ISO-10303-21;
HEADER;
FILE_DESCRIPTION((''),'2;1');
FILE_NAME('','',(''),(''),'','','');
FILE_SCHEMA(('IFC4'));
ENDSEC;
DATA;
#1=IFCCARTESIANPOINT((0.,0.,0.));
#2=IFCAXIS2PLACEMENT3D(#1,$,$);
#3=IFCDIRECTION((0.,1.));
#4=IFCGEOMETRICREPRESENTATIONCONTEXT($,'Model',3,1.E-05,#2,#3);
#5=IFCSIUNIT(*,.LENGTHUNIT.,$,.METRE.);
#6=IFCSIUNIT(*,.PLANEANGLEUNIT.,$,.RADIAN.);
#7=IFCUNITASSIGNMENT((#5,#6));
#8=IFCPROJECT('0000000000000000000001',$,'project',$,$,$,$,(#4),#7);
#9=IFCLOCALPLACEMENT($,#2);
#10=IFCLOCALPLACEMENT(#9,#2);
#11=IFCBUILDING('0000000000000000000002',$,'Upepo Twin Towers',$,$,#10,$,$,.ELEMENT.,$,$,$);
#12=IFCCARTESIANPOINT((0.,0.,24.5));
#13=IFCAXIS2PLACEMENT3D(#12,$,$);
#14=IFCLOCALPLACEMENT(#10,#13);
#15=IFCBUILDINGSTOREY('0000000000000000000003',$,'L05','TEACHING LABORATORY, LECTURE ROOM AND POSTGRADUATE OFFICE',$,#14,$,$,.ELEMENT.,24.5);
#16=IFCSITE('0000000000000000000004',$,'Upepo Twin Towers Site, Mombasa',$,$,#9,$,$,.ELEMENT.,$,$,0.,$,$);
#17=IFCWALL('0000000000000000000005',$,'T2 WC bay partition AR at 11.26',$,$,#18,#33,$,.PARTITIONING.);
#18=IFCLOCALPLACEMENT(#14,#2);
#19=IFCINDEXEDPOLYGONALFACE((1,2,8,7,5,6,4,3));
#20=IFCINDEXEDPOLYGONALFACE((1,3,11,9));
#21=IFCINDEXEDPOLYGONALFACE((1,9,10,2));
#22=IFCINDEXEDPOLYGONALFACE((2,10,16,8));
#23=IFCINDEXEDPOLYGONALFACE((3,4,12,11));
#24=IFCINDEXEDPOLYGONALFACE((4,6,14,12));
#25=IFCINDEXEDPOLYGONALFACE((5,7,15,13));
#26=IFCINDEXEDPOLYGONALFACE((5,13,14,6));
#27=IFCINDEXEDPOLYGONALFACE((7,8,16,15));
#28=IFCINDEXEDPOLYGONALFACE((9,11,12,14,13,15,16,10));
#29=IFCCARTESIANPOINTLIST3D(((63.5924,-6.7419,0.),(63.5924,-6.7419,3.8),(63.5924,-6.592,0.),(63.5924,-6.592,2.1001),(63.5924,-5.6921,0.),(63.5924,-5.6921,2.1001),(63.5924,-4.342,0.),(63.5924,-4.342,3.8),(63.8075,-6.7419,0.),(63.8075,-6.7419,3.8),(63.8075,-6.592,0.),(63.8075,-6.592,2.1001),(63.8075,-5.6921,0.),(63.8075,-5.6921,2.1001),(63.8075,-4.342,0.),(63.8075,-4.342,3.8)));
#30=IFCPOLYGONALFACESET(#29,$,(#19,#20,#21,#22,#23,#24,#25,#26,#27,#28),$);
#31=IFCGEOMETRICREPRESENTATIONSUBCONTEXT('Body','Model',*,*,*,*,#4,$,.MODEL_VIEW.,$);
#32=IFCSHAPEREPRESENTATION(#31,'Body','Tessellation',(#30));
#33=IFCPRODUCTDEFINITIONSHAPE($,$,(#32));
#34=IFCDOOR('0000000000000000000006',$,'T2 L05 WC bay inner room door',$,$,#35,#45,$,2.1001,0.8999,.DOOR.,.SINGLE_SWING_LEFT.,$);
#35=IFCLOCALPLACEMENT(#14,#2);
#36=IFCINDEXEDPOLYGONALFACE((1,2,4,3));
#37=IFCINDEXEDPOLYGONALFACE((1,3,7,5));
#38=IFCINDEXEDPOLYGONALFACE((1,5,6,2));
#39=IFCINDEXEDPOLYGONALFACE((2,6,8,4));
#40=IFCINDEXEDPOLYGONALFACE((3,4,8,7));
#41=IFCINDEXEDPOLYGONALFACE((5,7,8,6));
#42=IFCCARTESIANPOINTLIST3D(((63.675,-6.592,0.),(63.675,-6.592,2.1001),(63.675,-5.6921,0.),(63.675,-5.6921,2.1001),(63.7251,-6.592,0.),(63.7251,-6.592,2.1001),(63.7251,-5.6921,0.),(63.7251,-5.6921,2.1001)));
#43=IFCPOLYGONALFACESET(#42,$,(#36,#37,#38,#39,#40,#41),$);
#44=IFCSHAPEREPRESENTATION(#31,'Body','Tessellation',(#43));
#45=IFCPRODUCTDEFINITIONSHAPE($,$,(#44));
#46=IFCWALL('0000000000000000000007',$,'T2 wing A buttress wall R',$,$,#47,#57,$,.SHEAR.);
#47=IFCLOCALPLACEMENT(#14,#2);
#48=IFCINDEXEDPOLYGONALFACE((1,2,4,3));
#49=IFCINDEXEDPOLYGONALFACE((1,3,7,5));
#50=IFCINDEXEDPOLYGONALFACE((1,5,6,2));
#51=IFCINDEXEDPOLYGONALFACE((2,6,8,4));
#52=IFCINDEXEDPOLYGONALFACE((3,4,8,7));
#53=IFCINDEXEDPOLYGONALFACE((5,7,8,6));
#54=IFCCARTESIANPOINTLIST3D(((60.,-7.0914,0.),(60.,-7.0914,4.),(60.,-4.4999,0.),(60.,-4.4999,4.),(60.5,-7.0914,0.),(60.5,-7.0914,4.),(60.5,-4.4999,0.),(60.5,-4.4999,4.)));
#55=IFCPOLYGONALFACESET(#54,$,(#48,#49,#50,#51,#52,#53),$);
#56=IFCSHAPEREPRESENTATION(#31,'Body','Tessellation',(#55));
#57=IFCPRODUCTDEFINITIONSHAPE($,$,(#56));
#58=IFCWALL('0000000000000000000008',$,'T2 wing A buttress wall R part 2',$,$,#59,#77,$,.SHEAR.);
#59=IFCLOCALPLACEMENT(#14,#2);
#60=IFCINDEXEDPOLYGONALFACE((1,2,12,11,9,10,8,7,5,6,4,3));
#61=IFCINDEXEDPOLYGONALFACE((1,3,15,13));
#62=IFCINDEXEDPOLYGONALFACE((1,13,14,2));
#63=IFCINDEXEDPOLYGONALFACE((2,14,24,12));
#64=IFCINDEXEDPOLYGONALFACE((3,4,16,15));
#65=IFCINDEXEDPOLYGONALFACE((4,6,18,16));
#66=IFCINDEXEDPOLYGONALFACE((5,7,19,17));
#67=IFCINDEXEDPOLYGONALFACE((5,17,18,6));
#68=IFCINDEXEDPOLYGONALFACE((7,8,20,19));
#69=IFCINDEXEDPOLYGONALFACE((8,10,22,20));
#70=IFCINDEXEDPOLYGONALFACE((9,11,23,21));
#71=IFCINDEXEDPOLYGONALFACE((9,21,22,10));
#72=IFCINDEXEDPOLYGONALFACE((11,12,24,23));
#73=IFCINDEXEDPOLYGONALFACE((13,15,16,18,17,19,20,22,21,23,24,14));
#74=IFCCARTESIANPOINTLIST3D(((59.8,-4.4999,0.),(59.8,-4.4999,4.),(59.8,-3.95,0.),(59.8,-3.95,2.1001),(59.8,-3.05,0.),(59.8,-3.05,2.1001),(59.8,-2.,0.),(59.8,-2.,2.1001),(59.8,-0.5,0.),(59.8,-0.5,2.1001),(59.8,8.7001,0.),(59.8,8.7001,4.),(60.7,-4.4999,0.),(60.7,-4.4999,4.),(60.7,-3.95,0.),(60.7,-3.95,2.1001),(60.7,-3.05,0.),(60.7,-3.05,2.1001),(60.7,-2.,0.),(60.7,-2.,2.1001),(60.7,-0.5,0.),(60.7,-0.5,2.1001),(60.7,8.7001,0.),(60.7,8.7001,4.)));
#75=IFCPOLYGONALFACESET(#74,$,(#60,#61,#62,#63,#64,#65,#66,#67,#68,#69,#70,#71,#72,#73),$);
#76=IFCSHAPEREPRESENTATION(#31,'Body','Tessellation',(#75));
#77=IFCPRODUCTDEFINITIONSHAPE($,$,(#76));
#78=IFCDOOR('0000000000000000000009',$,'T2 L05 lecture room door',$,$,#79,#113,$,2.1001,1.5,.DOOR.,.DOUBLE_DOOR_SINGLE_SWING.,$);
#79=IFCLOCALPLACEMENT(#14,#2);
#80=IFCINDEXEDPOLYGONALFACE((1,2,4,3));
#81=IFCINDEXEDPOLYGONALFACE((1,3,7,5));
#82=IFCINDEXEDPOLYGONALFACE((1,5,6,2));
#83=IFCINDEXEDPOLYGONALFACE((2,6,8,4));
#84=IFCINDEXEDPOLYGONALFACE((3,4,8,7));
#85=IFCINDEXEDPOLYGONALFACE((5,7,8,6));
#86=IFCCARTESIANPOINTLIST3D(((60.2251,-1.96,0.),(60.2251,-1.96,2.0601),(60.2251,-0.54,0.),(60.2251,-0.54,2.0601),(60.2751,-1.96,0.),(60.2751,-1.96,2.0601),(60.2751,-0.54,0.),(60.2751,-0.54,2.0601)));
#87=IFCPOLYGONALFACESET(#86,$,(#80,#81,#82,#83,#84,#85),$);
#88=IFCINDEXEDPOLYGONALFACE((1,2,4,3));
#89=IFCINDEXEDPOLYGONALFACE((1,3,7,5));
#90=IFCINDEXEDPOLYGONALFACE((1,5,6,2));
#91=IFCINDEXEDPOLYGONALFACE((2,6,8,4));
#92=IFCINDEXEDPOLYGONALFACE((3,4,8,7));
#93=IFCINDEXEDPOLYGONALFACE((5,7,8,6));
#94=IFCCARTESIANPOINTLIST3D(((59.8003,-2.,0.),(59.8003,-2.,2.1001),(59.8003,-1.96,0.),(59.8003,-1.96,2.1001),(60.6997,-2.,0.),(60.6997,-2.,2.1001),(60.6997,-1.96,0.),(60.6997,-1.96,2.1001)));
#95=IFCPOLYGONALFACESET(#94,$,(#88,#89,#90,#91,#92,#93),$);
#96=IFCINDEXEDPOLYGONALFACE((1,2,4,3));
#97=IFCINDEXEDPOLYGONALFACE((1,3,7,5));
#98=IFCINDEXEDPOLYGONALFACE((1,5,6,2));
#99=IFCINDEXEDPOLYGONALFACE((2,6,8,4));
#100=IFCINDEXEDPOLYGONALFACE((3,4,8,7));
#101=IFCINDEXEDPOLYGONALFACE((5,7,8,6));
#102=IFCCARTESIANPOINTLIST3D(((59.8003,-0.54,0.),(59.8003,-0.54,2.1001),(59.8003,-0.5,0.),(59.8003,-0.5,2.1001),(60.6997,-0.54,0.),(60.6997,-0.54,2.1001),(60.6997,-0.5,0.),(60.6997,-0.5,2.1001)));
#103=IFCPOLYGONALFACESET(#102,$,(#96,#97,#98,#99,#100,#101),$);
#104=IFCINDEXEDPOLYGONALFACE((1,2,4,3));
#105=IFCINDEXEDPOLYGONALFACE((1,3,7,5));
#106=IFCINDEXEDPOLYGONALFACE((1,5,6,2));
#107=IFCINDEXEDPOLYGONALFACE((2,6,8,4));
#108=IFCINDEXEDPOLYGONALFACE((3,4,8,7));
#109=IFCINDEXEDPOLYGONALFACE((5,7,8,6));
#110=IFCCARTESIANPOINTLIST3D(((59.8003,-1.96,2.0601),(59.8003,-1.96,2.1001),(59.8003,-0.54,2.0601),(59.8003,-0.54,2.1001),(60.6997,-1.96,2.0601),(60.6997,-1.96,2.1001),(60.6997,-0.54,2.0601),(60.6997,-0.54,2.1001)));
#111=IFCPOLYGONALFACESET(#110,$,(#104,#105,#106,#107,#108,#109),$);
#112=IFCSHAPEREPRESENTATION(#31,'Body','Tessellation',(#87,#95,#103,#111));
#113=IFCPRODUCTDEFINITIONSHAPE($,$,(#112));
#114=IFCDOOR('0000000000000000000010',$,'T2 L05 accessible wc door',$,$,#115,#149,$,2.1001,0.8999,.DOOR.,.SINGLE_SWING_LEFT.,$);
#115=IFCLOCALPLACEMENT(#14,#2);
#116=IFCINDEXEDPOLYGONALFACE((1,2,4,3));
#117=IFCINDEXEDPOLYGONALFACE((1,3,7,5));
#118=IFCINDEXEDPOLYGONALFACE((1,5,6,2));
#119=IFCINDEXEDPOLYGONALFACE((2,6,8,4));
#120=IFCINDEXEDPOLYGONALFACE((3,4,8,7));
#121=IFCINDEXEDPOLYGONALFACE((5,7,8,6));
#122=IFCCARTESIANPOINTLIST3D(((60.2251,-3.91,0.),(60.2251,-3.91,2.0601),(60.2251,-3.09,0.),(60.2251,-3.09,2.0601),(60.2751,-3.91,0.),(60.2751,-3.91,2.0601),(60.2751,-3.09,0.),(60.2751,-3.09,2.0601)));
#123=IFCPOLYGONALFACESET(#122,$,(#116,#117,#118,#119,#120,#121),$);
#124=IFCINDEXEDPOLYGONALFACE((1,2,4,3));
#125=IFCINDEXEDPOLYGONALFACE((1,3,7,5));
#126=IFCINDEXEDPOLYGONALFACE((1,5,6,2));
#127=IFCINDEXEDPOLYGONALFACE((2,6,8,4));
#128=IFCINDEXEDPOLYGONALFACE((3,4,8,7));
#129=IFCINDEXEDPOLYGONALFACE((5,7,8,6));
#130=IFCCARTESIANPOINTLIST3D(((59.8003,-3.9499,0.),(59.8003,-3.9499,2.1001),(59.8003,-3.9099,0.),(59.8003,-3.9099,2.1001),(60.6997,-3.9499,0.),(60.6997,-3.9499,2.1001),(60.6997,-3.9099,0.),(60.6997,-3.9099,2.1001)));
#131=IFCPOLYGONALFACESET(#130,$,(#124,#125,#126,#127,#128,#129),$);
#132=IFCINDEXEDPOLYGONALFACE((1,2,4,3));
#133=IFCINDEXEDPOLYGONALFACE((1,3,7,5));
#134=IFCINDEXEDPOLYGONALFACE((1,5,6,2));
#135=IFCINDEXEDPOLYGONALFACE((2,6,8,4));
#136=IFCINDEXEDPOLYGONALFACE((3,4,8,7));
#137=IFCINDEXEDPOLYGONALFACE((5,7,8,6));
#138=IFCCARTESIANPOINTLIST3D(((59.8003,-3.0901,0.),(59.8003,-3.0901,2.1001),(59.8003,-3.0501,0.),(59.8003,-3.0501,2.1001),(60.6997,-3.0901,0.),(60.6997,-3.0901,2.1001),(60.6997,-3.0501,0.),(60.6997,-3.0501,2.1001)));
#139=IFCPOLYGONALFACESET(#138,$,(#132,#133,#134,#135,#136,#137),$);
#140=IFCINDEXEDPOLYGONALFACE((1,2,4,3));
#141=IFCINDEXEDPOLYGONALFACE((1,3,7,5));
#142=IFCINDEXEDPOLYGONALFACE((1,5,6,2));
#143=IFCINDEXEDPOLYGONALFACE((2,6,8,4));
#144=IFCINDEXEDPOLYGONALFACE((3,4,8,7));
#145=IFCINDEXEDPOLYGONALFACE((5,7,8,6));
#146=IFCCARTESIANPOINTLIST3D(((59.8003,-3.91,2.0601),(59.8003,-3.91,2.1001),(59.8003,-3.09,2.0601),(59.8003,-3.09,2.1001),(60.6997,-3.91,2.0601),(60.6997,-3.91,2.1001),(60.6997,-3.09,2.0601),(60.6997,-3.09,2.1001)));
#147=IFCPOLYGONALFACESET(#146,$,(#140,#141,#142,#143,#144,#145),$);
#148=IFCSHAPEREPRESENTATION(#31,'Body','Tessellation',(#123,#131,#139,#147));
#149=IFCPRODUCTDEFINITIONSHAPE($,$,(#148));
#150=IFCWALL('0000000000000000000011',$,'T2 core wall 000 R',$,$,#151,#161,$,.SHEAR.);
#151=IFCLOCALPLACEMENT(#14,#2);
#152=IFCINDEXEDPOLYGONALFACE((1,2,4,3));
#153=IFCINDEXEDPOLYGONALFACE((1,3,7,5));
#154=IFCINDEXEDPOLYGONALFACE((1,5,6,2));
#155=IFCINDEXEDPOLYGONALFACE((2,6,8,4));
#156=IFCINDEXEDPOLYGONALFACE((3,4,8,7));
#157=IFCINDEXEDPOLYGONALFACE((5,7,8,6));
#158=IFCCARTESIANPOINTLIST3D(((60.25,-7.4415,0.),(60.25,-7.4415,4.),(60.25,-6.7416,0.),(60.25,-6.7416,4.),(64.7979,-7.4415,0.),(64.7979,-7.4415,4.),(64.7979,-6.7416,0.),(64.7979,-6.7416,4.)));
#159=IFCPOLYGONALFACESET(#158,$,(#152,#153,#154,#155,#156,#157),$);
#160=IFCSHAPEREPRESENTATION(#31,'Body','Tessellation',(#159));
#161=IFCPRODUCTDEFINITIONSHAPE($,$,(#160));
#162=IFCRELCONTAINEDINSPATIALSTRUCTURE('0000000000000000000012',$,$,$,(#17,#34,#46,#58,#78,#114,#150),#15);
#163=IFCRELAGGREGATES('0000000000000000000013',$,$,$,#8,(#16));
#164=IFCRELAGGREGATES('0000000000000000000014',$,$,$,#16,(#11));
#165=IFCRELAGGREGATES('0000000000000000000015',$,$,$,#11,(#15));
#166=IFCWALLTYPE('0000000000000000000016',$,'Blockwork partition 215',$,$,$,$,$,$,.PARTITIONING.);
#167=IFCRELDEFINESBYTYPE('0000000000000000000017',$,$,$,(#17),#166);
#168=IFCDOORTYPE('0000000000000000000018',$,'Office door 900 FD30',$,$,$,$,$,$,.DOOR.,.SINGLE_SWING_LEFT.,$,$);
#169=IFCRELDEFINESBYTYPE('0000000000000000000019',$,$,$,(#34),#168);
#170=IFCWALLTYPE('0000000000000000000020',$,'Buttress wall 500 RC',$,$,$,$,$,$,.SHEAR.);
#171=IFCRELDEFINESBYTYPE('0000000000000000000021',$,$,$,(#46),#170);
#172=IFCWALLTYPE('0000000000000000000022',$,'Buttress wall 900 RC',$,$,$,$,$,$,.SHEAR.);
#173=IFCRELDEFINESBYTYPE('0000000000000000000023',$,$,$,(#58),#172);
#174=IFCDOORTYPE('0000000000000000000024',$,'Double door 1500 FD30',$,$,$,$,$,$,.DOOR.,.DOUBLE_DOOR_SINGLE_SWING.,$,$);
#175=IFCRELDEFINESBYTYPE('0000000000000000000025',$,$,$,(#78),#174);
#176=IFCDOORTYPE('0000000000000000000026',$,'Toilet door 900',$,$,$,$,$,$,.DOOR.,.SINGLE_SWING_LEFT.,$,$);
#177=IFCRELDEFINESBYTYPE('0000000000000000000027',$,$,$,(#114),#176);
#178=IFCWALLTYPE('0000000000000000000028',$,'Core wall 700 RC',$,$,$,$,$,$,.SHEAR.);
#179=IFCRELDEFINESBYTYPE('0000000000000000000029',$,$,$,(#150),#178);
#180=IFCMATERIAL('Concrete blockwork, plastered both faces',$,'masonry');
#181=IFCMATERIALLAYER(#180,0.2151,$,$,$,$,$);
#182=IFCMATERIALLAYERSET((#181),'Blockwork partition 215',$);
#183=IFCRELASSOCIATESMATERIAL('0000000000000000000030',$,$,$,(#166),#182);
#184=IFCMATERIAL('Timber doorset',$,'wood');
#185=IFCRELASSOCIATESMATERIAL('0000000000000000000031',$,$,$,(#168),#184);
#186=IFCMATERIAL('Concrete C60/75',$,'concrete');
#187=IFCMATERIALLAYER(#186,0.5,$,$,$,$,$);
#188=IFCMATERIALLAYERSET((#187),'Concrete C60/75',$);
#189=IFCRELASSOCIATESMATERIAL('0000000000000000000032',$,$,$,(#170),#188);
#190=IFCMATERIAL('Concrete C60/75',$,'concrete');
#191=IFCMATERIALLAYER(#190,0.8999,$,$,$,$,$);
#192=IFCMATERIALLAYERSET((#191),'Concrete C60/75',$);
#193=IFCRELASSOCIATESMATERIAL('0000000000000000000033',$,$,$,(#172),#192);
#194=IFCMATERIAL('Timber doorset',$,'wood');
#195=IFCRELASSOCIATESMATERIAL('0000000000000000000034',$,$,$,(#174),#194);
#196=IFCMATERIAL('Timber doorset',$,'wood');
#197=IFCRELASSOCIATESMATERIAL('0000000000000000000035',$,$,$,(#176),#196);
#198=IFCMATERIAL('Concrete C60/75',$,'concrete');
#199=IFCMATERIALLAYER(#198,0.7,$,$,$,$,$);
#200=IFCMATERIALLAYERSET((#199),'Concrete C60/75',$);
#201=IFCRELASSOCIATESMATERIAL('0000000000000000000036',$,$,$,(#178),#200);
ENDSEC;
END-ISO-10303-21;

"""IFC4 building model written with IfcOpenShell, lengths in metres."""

from ifc_helpers import new_model, si_unit, direction, frame, frame_2d, origin, place, context, subcontext, project, spatial, rectangle, extrude, material, layer, layer_set, type_object, element, fill, save


model = new_model("IFC4")

# Units and contexts
model_context = context("Model", 3, precision=1e-05, world=origin(), true_north=direction((0.0, 1.0)))
body_context = subcontext(model_context, "Body", "Model", "MODEL_VIEW")
ifc_project = project(units=[si_unit("LENGTHUNIT", "METRE"), si_unit("PLANEANGLEUNIT", "RADIAN")], contexts=[model_context])

# Site, building, storey
site_placement = place(None, origin())
site = spatial("IfcSite", under=ifc_project, at=site_placement, Name="Upepo Twin Towers Site, Mombasa", CompositionType="ELEMENT", RefElevation=0.0)
building_placement = place(site_placement, origin())
building = spatial("IfcBuilding", under=site, at=building_placement, Name="Upepo Twin Towers", CompositionType="ELEMENT")
storey_placement = place(building_placement, frame((0.0, 0.0, 24.5)))
storey = spatial("IfcBuildingStorey", under=building, at=storey_placement, Name="L05", Description="TEACHING LABORATORY, LECTURE ROOM AND POSTGRADUATE OFFICE", CompositionType="ELEMENT", Elevation=24.5)

# Wall, opening, door
ifc_material_1 = material(Name="Concrete blockwork, plastered both faces", Category="masonry")
ifc_layer_1 = layer(ifc_material_1, 0.2151)
ifc_layer_set_1 = layer_set([ifc_layer_1], Name="Blockwork partition 215")
wall_type_1 = type_object("IfcWallType", Name="Blockwork partition 215", PredefinedType="PARTITIONING", material=ifc_layer_set_1)
wall_1_placement = place(storey_placement, frame((63.7, -6.7419, 0.0), z_axis=(0.0, 0.0, 1.0), x_axis=(0.0, 1.0, 0.0)))
wall_1 = element("IfcWall", 1, at=wall_1_placement, inside=storey, type_object=wall_type_1, Name="T2 WC bay partition AR at 11.26", PredefinedType="PARTITIONING", context=body_context, shape_type="SweptSolid", body=[
    extrude(rectangle(XDim=2.3999, YDim=0.2151, at=frame_2d((1.2, 0.0))), origin(), (0.0, 0.0, 1.0), 3.8),
])
opening_1_placement = place(wall_1_placement, frame((0.1499, 0.0, 0.0)))
opening_1 = element("IfcOpeningElement", 2, at=opening_1_placement, cuts=wall_1, PredefinedType="OPENING", context=body_context, shape_type="SweptSolid", body=[
    extrude(rectangle(XDim=0.8999, YDim=2.1001, at=frame_2d((0.45, 1.05))), frame((0.0, 0.1174, 0.0), z_axis=(0.0, -1.0, 0.0), x_axis=(1.0, 0.0, 0.0)), (0.0, 0.0, 1.0), 0.2351),
])
ifc_material_2 = material(Name="Timber doorset", Category="wood")
door_type_1 = type_object("IfcDoorType", Name="Office door 900 FD30", OperationType="SINGLE_SWING_LEFT", PredefinedType="DOOR", material=ifc_material_2)
door_1_placement = place(opening_1_placement, origin())
door_1 = element("IfcDoor", 3, at=door_1_placement, inside=storey, type_object=door_type_1, Name="T2 L05 WC bay inner room door", OperationType="SINGLE_SWING_LEFT", OverallHeight=2.1001, OverallWidth=0.8999, PredefinedType="DOOR", context=body_context, shape_type="SweptSolid", body=[
    extrude(rectangle(XDim=0.8999, YDim=2.1001, at=frame_2d((0.45, 1.05))), frame((0.0, 0.0249, 0.0), z_axis=(0.0, -1.0, 0.0), x_axis=(1.0, 0.0, 0.0)), (0.0, 0.0, 1.0), 0.05),
])
fill(opening_1, door_1)

# Wall
ifc_material_3 = material(Name="Concrete C60/75", Category="concrete")
ifc_layer_2 = layer(ifc_material_3, 0.5)
ifc_layer_set_2 = layer_set([ifc_layer_2], Name="Concrete C60/75")
wall_type_2 = type_object("IfcWallType", Name="Buttress wall 500 RC", PredefinedType="SHEAR", material=ifc_layer_set_2)
wall_2_placement = place(storey_placement, frame((60.25, -7.0916, 0.0), z_axis=(0.0, 0.0, 1.0), x_axis=(0.0, 1.0, 0.0)))
element("IfcWall", 4, at=wall_2_placement, inside=storey, type_object=wall_type_2, Name="T2 wing A buttress wall R", PredefinedType="SHEAR", context=body_context, shape_type="SweptSolid", body=[
    extrude(rectangle(XDim=2.5916, YDim=0.5, at=frame_2d((1.2959, 0.0))), origin(), (0.0, 0.0, 1.0), 4.0),
])

# Wall, openings, doors
ifc_material_4 = material(Name="Concrete C60/75", Category="concrete")
ifc_layer_3 = layer(ifc_material_4, 0.8999)
ifc_layer_set_3 = layer_set([ifc_layer_3], Name="Concrete C60/75")
wall_type_3 = type_object("IfcWallType", Name="Buttress wall 900 RC", PredefinedType="SHEAR", material=ifc_layer_set_3)
wall_3_placement = place(storey_placement, frame((60.25, -4.5, 0.0), z_axis=(0.0, 0.0, 1.0), x_axis=(0.0, 1.0, 0.0)))
wall_3 = element("IfcWall", 5, at=wall_3_placement, inside=storey, type_object=wall_type_3, Name="T2 wing A buttress wall R part 2", PredefinedType="SHEAR", context=body_context, shape_type="SweptSolid", body=[
    extrude(rectangle(XDim=13.2, YDim=0.8999, at=frame_2d((6.6001, 0.0))), origin(), (0.0, 0.0, 1.0), 4.0),
])
opening_2_placement = place(wall_3_placement, frame((0.55, 0.0, 0.0)))
opening_2 = element("IfcOpeningElement", 6, at=opening_2_placement, cuts=wall_3, PredefinedType="OPENING", context=body_context, shape_type="SweptSolid", body=[
    extrude(rectangle(XDim=0.8999, YDim=2.1001, at=frame_2d((0.45, 1.05))), frame((0.0, 0.46, 0.0), z_axis=(0.0, -1.0, 0.0), x_axis=(1.0, 0.0, 0.0)), (0.0, 0.0, 1.0), 0.9199),
])
opening_3_placement = place(wall_3_placement, frame((2.5, 0.0, 0.0)))
opening_3 = element("IfcOpeningElement", 7, at=opening_3_placement, cuts=wall_3, PredefinedType="OPENING", context=body_context, shape_type="SweptSolid", body=[
    extrude(rectangle(XDim=1.5, YDim=2.1001, at=frame_2d((0.75, 1.05))), frame((0.0, 0.46, 0.0), z_axis=(0.0, -1.0, 0.0), x_axis=(1.0, 0.0, 0.0)), (0.0, 0.0, 1.0), 0.9199),
])
ifc_material_5 = material(Name="Timber doorset", Category="wood")
door_type_2 = type_object("IfcDoorType", Name="Double door 1500 FD30", OperationType="DOUBLE_DOOR_SINGLE_SWING", PredefinedType="DOOR", material=ifc_material_5)
door_2_placement = place(opening_3_placement, origin())
door_2 = element("IfcDoor", 8, at=door_2_placement, inside=storey, type_object=door_type_2, Name="T2 L05 lecture room door", OperationType="DOUBLE_DOOR_SINGLE_SWING", OverallHeight=2.1001, OverallWidth=1.5, PredefinedType="DOOR", context=body_context, shape_type="SweptSolid", body=[
    extrude(rectangle(XDim=1.42, YDim=2.0601, at=frame_2d((0.75, 1.03))), frame((0.0, 0.0249, 0.0), z_axis=(0.0, -1.0, 0.0), x_axis=(1.0, 0.0, 0.0)), (0.0, 0.0, 1.0), 0.05),
    extrude(rectangle(XDim=0.04, YDim=2.1001, at=frame_2d((0.02, 1.05))), frame((0.0, 0.4497, 0.0), z_axis=(0.0, -1.0, 0.0), x_axis=(1.0, 0.0, 0.0)), (0.0, 0.0, 1.0), 0.8994),
    extrude(rectangle(XDim=0.04, YDim=2.1001, at=frame_2d((1.48, 1.05))), frame((0.0, 0.4497, 0.0), z_axis=(0.0, -1.0, 0.0), x_axis=(1.0, 0.0, 0.0)), (0.0, 0.0, 1.0), 0.8994),
    extrude(rectangle(XDim=1.42, YDim=0.04, at=frame_2d((0.75, 2.0801))), frame((0.0, 0.4497, 0.0), z_axis=(0.0, -1.0, 0.0), x_axis=(1.0, 0.0, 0.0)), (0.0, 0.0, 1.0), 0.8994),
])
fill(opening_3, door_2)
ifc_material_6 = material(Name="Timber doorset", Category="wood")
door_type_3 = type_object("IfcDoorType", Name="Toilet door 900", OperationType="SINGLE_SWING_LEFT", PredefinedType="DOOR", material=ifc_material_6)
door_3_placement = place(opening_2_placement, origin())
door_3 = element("IfcDoor", 9, at=door_3_placement, inside=storey, type_object=door_type_3, Name="T2 L05 accessible wc door", OperationType="SINGLE_SWING_LEFT", OverallHeight=2.1001, OverallWidth=0.8999, PredefinedType="DOOR", context=body_context, shape_type="SweptSolid", body=[
    extrude(rectangle(XDim=0.8199, YDim=2.0601, at=frame_2d((0.45, 1.03))), frame((0.0, 0.0249, 0.0), z_axis=(0.0, -1.0, 0.0), x_axis=(1.0, 0.0, 0.0)), (0.0, 0.0, 1.0), 0.05),
    extrude(rectangle(XDim=0.04, YDim=2.1001, at=frame_2d((0.02, 1.05))), frame((0.0, 0.4497, 0.0), z_axis=(0.0, -1.0, 0.0), x_axis=(1.0, 0.0, 0.0)), (0.0, 0.0, 1.0), 0.8994),
    extrude(rectangle(XDim=0.04, YDim=2.1001, at=frame_2d((0.8799, 1.05))), frame((0.0, 0.4497, 0.0), z_axis=(0.0, -1.0, 0.0), x_axis=(1.0, 0.0, 0.0)), (0.0, 0.0, 1.0), 0.8994),
    extrude(rectangle(XDim=0.8199, YDim=0.04, at=frame_2d((0.45, 2.0801))), frame((0.0, 0.4497, 0.0), z_axis=(0.0, -1.0, 0.0), x_axis=(1.0, 0.0, 0.0)), (0.0, 0.0, 1.0), 0.8994),
])
fill(opening_2, door_3)

# Wall
ifc_material_7 = material(Name="Concrete C60/75", Category="concrete")
ifc_layer_4 = layer(ifc_material_7, 0.7)
ifc_layer_set_4 = layer_set([ifc_layer_4], Name="Concrete C60/75")
wall_type_4 = type_object("IfcWallType", Name="Core wall 700 RC", PredefinedType="SHEAR", material=ifc_layer_set_4)
wall_4_placement = place(storey_placement, frame((64.7979, -7.0916, 0.0), z_axis=(0.0, 0.0, 1.0), x_axis=(-1.0, 0.0, 0.0)))
element("IfcWall", 10, at=wall_4_placement, inside=storey, type_object=wall_type_4, Name="T2 core wall 000 R", PredefinedType="SHEAR", context=body_context, shape_type="SweptSolid", body=[
    extrude(rectangle(XDim=4.5479, YDim=0.7, at=frame_2d((2.2739, 0.0))), origin(), (0.0, 0.0, 1.0), 4.0),
])

save(model, "model.ifc")
